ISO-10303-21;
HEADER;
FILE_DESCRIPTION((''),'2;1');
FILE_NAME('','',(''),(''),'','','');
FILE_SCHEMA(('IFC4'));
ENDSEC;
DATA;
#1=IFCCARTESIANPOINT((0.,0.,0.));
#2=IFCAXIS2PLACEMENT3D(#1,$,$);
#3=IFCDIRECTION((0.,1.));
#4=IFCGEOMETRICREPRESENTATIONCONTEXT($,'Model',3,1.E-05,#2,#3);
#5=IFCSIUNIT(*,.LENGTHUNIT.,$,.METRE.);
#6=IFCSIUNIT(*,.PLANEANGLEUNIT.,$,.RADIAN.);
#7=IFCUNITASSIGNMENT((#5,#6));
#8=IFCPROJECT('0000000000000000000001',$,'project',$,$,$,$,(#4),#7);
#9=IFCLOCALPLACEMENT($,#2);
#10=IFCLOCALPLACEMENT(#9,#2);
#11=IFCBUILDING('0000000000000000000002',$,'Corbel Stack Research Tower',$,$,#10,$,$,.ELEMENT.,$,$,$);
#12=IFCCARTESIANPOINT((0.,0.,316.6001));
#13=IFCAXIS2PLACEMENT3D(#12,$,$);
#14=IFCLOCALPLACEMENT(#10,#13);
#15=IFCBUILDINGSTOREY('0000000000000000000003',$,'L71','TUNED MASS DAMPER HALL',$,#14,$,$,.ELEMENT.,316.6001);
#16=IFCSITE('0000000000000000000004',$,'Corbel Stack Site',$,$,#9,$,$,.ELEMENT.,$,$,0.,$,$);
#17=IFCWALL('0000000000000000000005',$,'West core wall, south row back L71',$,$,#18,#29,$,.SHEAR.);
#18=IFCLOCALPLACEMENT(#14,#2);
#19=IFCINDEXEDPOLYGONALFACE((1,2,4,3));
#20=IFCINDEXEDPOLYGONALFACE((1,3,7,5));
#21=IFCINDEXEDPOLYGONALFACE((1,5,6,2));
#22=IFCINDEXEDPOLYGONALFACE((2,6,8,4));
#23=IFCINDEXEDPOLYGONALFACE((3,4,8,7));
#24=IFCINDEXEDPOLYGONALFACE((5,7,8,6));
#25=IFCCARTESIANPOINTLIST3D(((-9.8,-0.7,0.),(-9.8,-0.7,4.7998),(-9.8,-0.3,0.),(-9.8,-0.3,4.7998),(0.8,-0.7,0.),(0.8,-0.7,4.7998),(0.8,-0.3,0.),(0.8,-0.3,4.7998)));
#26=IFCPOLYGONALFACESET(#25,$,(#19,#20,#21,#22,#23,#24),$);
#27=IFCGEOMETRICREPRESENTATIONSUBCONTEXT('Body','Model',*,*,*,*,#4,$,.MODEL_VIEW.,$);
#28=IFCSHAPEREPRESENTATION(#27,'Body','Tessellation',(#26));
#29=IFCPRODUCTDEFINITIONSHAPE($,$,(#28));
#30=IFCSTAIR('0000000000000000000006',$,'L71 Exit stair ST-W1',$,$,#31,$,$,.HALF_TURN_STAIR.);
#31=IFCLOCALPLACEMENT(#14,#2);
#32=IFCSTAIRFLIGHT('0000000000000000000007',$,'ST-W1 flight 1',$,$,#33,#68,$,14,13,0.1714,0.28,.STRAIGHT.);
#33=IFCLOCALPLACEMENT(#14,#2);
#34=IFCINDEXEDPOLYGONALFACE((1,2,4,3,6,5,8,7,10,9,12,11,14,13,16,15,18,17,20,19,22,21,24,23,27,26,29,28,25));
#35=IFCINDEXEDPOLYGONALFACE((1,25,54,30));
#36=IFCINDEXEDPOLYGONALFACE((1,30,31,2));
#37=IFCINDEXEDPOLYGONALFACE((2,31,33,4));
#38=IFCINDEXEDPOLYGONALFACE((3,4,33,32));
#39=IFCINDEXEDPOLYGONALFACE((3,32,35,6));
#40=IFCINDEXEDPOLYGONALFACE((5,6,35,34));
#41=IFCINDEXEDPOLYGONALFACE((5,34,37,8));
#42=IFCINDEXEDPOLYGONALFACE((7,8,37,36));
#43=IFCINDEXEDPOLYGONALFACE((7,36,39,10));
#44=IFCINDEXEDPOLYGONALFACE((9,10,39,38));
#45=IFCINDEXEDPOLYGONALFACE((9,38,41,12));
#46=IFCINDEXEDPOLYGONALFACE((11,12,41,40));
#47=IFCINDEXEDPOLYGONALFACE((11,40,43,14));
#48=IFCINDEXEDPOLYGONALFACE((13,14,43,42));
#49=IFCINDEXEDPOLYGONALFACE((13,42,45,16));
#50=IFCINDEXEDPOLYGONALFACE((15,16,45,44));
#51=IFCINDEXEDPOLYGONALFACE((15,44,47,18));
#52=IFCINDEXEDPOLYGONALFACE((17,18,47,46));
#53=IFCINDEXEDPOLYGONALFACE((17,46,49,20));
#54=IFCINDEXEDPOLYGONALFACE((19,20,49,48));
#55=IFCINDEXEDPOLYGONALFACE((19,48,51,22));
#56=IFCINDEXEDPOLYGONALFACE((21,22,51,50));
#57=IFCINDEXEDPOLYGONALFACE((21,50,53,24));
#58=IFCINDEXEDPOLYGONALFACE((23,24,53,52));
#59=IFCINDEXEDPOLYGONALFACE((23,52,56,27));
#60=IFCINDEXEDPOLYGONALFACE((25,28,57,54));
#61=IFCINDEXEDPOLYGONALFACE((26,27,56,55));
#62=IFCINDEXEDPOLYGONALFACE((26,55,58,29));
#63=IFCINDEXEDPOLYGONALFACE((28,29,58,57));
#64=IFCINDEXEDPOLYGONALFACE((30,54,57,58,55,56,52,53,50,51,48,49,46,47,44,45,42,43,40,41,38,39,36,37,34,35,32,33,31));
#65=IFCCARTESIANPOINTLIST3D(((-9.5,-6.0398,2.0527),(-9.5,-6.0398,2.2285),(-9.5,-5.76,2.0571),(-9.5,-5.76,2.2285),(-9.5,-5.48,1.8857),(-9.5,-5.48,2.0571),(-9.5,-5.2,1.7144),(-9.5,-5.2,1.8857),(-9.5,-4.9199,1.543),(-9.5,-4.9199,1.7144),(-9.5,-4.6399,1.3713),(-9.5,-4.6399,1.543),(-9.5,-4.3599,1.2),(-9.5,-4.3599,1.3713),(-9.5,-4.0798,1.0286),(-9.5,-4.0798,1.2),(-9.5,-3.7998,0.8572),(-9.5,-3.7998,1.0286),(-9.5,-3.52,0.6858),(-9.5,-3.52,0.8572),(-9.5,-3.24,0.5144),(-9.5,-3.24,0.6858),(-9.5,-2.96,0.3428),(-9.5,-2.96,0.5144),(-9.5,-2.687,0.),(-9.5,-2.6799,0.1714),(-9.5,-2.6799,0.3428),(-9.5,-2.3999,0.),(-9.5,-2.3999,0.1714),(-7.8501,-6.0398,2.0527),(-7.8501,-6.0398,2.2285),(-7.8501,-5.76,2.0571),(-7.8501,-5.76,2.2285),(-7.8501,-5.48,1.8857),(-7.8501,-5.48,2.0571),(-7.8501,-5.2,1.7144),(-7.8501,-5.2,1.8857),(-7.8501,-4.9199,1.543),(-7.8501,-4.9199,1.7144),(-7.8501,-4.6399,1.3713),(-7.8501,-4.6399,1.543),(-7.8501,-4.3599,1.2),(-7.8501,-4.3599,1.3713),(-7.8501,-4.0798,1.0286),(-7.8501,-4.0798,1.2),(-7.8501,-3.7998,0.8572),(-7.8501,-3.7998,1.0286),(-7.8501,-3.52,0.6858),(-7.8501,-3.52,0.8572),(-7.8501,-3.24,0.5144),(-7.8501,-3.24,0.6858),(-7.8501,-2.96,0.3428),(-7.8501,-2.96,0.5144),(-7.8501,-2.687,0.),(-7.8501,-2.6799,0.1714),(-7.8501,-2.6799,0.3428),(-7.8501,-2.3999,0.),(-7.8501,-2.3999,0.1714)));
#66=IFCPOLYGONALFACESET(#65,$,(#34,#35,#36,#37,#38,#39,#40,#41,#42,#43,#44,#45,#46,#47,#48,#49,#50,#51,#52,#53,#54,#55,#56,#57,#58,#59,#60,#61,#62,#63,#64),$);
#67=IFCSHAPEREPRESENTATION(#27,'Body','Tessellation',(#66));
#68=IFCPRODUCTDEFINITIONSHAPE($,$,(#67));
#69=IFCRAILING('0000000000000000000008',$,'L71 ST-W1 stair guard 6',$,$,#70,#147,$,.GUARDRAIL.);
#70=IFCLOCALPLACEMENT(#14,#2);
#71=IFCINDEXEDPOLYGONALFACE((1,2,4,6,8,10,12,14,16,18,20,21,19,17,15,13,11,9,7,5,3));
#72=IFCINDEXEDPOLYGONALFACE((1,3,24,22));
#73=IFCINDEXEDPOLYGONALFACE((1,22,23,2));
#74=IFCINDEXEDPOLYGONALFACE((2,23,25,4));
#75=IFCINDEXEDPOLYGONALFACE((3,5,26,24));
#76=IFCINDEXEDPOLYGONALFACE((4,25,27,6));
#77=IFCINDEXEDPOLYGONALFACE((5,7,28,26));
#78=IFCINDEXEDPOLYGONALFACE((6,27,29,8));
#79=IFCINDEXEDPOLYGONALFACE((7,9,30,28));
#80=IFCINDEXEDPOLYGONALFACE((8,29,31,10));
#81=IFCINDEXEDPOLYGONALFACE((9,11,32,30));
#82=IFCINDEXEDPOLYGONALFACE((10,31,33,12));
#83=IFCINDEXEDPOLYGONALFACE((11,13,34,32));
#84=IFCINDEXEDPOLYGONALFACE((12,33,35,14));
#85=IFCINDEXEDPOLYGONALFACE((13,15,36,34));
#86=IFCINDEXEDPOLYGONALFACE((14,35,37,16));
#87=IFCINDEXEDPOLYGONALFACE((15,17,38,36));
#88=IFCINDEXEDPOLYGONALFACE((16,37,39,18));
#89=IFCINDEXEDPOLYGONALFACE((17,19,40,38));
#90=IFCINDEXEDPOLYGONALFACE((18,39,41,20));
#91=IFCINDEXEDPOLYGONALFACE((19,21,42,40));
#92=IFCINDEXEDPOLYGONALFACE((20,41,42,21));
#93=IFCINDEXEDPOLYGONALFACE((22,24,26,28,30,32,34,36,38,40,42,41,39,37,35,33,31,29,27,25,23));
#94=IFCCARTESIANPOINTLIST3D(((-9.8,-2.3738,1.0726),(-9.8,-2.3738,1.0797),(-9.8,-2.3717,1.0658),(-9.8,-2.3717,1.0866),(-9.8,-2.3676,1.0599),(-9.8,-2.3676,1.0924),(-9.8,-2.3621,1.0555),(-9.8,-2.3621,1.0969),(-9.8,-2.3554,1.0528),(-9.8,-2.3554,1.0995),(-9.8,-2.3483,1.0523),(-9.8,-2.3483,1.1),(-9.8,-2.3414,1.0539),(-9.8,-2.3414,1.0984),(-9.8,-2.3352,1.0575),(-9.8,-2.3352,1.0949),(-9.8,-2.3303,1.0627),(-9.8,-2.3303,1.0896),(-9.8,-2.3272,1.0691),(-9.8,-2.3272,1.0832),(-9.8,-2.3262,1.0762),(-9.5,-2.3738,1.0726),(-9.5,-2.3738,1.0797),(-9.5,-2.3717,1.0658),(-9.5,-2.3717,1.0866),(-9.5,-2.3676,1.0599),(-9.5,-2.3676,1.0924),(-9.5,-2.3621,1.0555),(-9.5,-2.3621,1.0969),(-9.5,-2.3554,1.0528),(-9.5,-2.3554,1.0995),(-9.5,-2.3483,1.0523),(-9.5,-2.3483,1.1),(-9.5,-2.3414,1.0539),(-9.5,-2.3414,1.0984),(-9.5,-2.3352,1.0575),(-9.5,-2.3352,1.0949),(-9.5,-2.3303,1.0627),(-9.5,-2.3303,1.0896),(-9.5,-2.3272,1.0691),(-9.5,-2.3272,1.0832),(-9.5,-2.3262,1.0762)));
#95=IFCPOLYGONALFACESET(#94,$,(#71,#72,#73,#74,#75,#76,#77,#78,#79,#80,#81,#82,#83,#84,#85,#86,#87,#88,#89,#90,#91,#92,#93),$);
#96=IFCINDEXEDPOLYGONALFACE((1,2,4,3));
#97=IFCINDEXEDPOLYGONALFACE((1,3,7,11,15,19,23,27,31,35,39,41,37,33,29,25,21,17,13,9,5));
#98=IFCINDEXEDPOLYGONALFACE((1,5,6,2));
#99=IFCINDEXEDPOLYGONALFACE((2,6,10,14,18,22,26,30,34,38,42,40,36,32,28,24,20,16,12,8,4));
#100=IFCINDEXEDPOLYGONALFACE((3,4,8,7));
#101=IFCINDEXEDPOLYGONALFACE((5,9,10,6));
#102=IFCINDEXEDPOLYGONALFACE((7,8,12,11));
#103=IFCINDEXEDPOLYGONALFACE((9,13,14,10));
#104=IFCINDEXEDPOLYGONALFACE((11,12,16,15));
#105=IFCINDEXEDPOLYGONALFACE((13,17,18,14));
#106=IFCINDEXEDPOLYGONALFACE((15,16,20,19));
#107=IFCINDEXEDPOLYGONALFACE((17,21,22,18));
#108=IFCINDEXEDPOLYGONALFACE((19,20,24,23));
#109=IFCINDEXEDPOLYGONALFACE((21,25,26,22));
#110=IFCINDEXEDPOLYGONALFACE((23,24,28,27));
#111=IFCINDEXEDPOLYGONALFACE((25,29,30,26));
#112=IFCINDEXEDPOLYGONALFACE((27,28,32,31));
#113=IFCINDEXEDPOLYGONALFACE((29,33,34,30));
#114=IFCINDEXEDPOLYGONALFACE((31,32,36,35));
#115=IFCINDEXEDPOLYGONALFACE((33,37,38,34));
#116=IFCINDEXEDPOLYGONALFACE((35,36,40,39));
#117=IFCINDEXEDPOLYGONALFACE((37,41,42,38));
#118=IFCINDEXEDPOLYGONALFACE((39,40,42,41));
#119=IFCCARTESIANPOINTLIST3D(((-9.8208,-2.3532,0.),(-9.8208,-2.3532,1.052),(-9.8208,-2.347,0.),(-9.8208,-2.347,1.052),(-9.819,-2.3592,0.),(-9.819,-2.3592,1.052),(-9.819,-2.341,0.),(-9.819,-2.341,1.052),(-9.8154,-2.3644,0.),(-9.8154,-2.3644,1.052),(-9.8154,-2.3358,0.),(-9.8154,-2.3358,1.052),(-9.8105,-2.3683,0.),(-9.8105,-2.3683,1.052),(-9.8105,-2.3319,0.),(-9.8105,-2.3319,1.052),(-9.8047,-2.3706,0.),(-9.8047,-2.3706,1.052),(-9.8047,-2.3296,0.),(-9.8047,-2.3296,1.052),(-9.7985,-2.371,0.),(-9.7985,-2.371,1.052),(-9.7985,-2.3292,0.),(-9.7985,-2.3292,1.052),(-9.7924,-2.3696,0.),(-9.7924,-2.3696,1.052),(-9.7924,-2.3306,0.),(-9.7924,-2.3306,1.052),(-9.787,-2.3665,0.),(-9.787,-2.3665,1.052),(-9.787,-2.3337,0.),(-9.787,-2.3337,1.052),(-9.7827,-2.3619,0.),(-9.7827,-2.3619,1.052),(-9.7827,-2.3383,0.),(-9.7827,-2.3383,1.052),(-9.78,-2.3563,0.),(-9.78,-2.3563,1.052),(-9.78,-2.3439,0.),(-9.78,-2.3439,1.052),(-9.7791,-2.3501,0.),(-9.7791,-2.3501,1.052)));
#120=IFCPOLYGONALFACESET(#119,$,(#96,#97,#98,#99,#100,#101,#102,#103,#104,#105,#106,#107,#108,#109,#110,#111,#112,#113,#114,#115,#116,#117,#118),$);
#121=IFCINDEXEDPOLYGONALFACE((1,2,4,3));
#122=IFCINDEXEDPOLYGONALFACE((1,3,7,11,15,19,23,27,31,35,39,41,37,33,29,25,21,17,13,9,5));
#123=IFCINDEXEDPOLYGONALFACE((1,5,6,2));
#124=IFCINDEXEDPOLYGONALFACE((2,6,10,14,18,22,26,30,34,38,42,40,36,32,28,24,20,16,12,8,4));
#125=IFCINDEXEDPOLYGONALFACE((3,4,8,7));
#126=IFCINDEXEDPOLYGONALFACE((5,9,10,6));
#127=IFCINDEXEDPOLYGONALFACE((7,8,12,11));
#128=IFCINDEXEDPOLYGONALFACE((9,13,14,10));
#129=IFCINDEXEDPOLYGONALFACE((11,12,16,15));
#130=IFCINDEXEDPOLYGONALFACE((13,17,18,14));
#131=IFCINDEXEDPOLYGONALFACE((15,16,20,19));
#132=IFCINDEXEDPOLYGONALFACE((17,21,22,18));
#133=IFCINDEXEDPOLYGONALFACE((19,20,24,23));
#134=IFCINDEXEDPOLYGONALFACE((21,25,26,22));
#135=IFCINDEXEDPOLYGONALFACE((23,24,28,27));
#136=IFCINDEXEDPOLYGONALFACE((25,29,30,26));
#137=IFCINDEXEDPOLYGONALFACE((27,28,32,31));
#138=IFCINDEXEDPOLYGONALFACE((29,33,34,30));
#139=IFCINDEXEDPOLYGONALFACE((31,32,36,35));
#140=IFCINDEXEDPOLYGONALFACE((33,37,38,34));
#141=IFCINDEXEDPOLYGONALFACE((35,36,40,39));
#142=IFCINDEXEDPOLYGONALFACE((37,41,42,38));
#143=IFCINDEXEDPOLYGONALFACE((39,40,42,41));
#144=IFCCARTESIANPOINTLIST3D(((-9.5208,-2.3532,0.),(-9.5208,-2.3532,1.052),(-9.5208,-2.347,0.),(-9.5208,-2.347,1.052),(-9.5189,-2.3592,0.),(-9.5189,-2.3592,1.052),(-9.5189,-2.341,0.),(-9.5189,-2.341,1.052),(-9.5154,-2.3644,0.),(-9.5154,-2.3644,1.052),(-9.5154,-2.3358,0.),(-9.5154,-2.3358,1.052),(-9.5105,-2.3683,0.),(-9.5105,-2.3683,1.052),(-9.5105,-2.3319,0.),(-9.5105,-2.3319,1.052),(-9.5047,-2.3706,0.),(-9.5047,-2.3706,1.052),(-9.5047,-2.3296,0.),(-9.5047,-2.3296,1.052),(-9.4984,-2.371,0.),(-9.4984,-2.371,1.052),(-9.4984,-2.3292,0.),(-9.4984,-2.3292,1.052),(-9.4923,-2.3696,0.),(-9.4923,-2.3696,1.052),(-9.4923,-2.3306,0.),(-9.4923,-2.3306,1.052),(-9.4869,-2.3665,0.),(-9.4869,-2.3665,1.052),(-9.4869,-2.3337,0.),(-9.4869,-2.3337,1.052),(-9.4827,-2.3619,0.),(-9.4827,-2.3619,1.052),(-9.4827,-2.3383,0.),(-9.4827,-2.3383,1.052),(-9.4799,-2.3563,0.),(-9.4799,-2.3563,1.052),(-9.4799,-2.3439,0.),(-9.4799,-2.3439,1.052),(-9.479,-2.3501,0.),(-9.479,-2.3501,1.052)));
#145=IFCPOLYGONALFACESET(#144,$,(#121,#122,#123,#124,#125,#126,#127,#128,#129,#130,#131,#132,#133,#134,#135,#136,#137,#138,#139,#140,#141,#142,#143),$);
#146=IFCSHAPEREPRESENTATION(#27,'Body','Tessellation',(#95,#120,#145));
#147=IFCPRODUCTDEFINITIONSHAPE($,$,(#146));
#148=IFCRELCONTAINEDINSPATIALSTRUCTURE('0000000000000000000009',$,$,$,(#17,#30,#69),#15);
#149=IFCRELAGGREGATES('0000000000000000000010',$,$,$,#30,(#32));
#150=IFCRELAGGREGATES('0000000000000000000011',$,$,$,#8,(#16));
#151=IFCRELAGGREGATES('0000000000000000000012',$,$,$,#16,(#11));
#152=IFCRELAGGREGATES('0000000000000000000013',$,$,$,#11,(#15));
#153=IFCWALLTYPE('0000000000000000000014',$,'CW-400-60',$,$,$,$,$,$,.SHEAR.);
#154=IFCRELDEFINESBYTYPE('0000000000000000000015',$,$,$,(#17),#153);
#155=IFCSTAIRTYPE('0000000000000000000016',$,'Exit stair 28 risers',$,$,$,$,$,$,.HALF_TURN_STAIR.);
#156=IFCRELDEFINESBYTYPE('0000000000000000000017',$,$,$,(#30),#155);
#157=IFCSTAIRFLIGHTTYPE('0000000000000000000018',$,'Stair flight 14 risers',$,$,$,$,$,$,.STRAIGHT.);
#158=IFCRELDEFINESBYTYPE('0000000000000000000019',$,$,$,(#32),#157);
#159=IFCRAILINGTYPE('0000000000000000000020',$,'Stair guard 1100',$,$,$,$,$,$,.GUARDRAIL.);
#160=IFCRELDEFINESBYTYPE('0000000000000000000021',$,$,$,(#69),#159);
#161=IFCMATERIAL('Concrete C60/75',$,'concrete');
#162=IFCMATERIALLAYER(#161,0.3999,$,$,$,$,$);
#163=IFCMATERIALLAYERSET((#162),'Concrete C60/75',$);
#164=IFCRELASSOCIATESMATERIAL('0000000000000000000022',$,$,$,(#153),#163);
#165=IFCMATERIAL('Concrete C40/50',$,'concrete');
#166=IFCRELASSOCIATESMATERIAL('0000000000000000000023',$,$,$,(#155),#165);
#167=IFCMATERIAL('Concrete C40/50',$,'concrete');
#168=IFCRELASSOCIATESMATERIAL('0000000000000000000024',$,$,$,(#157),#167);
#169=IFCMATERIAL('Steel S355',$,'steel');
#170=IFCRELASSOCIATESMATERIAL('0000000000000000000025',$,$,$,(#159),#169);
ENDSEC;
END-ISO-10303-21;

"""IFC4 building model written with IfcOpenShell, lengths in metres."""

from ifc_helpers import new_model, si_unit, direction, frame, frame_2d, origin, origin_2d, place, context, subcontext, project, spatial, polyline, rectangle, circle, outline, extrude, material, layer, layer_set, type_object, element, aggregate, save


model = new_model("IFC4")

# Units and contexts
model_context = context("Model", 3, precision=1e-05, world=origin(), true_north=direction((0.0, 1.0)))
body_context = subcontext(model_context, "Body", "Model", "MODEL_VIEW")
ifc_project = project(units=[si_unit("LENGTHUNIT", "METRE"), si_unit("PLANEANGLEUNIT", "RADIAN")], contexts=[model_context])

# Site, building, storey
site_placement = place(None, origin())
site = spatial("IfcSite", under=ifc_project, at=site_placement, Name="Corbel Stack Site", CompositionType="ELEMENT", RefElevation=0.0)
building_placement = place(site_placement, origin())
building = spatial("IfcBuilding", under=site, at=building_placement, Name="Corbel Stack Research Tower", CompositionType="ELEMENT")
storey_placement = place(building_placement, frame((0.0, 0.0, 316.6001)))
storey = spatial("IfcBuildingStorey", under=building, at=storey_placement, Name="L71", Description="TUNED MASS DAMPER HALL", CompositionType="ELEMENT", Elevation=316.6001)

# Wall
ifc_material_1 = material(Name="Concrete C60/75", Category="concrete")
ifc_layer_1 = layer(ifc_material_1, 0.3999)
ifc_layer_set_1 = layer_set([ifc_layer_1], Name="Concrete C60/75")
wall_type = type_object("IfcWallType", Name="CW-400-60", PredefinedType="SHEAR", material=ifc_layer_set_1)
wall_placement = place(storey_placement, frame((-9.8, -0.5, 0.0), z_axis=(0.0, 0.0, 1.0), x_axis=(1.0, 0.0, 0.0)))
element("IfcWall", 1, at=wall_placement, inside=storey, type_object=wall_type, Name="West core wall, south row back L71", PredefinedType="SHEAR", context=body_context, shape_type="SweptSolid", body=[
    extrude(rectangle(XDim=10.6001, YDim=0.3999, at=frame_2d((5.3, 0.0))), origin(), (0.0, 0.0, 1.0), 4.7998),
])

# Stair, stair flight
ifc_material_2 = material(Name="Concrete C40/50", Category="concrete")
stair_type = type_object("IfcStairType", Name="Exit stair 28 risers", PredefinedType="HALF_TURN_STAIR", material=ifc_material_2)
stair_placement = place(storey_placement, origin())
stair = element("IfcStair", 2, at=stair_placement, inside=storey, type_object=stair_type, Name="L71 Exit stair ST-W1", PredefinedType="HALF_TURN_STAIR")
ifc_material_3 = material(Name="Concrete C40/50", Category="concrete")
stair_flight_type = type_object("IfcStairFlightType", Name="Stair flight 14 risers", PredefinedType="STRAIGHT", material=ifc_material_3)
stair_flight_placement = place(storey_placement, frame((-8.675, -2.3999, 0.0), z_axis=(0.0, 0.0, 1.0), x_axis=(0.0, -1.0, 0.0)))
stair_flight = element("IfcStairFlight", 3, at=stair_flight_placement, type_object=stair_flight_type, Name="ST-W1 flight 1", NumberOfRisers=14, NumberOfTreads=13, PredefinedType="STRAIGHT", RiserHeight=0.1714, TreadLength=0.28, context=body_context, shape_type="SweptSolid", body=[
    extrude(outline(polyline([(0.0, 0.0), (0.0, 0.1714), (0.28, 0.1714), (0.28, 0.3428), (0.5601, 0.3428), (0.5601, 0.5144), (0.8401, 0.5144), (0.8401, 0.6858), (1.1201, 0.6858), (1.1201, 0.8572), (1.3999, 0.8572), (1.3999, 1.0286), (1.6799, 1.0286), (1.6799, 1.2), (1.96, 1.2), (1.96, 1.3713), (2.24, 1.3713), (2.24, 1.543), (2.52, 1.543), (2.52, 1.7144), (2.8, 1.7144), (2.8, 1.8857), (3.0801, 1.8857), (3.0801, 2.0571), (3.3601, 2.0571), (3.3601, 2.2285), (3.6399, 2.2285), (3.6399, 2.3999), (3.6399, 2.0527), (0.2871, 0.0), (0.0, 0.0)])), frame((0.0, 0.825, 0.0), z_axis=(0.0, -1.0, 0.0), x_axis=(1.0, 0.0, 0.0)), (0.0, 0.0, 1.0), 1.6499),
])
aggregate(stair, [stair_flight])

# Railing
ifc_material_4 = material(Name="Steel S355", Category="steel")
railing_type_1 = type_object("IfcRailingType", Name="Stair guard 1100", PredefinedType="GUARDRAIL", material=ifc_material_4)
railing_1_placement = place(storey_placement, frame((-9.8, -2.3501, 0.0)))
element("IfcRailing", 4, at=railing_1_placement, inside=storey, type_object=railing_type_1, Name="L71 ST-W1 stair guard 6", PredefinedType="GUARDRAIL", context=body_context, shape_type="SweptSolid", body=[
    extrude(circle(Radius=0.0239, at=origin_2d()), frame((0.0, 0.0, 1.0762), z_axis=(1.0, 0.0, 0.0), x_axis=(0.0, 1.0, 0.0)), (0.0, 0.0, 1.0), 0.3),
    extrude(circle(Radius=0.021, at=origin_2d()), origin(), (0.0, 0.0, 1.0), 1.052),
    extrude(circle(Radius=0.021, at=origin_2d()), frame((0.3, 0.0, 0.0)), (0.0, 0.0, 1.0), 1.052),
])

save(model, "model.ifc")
